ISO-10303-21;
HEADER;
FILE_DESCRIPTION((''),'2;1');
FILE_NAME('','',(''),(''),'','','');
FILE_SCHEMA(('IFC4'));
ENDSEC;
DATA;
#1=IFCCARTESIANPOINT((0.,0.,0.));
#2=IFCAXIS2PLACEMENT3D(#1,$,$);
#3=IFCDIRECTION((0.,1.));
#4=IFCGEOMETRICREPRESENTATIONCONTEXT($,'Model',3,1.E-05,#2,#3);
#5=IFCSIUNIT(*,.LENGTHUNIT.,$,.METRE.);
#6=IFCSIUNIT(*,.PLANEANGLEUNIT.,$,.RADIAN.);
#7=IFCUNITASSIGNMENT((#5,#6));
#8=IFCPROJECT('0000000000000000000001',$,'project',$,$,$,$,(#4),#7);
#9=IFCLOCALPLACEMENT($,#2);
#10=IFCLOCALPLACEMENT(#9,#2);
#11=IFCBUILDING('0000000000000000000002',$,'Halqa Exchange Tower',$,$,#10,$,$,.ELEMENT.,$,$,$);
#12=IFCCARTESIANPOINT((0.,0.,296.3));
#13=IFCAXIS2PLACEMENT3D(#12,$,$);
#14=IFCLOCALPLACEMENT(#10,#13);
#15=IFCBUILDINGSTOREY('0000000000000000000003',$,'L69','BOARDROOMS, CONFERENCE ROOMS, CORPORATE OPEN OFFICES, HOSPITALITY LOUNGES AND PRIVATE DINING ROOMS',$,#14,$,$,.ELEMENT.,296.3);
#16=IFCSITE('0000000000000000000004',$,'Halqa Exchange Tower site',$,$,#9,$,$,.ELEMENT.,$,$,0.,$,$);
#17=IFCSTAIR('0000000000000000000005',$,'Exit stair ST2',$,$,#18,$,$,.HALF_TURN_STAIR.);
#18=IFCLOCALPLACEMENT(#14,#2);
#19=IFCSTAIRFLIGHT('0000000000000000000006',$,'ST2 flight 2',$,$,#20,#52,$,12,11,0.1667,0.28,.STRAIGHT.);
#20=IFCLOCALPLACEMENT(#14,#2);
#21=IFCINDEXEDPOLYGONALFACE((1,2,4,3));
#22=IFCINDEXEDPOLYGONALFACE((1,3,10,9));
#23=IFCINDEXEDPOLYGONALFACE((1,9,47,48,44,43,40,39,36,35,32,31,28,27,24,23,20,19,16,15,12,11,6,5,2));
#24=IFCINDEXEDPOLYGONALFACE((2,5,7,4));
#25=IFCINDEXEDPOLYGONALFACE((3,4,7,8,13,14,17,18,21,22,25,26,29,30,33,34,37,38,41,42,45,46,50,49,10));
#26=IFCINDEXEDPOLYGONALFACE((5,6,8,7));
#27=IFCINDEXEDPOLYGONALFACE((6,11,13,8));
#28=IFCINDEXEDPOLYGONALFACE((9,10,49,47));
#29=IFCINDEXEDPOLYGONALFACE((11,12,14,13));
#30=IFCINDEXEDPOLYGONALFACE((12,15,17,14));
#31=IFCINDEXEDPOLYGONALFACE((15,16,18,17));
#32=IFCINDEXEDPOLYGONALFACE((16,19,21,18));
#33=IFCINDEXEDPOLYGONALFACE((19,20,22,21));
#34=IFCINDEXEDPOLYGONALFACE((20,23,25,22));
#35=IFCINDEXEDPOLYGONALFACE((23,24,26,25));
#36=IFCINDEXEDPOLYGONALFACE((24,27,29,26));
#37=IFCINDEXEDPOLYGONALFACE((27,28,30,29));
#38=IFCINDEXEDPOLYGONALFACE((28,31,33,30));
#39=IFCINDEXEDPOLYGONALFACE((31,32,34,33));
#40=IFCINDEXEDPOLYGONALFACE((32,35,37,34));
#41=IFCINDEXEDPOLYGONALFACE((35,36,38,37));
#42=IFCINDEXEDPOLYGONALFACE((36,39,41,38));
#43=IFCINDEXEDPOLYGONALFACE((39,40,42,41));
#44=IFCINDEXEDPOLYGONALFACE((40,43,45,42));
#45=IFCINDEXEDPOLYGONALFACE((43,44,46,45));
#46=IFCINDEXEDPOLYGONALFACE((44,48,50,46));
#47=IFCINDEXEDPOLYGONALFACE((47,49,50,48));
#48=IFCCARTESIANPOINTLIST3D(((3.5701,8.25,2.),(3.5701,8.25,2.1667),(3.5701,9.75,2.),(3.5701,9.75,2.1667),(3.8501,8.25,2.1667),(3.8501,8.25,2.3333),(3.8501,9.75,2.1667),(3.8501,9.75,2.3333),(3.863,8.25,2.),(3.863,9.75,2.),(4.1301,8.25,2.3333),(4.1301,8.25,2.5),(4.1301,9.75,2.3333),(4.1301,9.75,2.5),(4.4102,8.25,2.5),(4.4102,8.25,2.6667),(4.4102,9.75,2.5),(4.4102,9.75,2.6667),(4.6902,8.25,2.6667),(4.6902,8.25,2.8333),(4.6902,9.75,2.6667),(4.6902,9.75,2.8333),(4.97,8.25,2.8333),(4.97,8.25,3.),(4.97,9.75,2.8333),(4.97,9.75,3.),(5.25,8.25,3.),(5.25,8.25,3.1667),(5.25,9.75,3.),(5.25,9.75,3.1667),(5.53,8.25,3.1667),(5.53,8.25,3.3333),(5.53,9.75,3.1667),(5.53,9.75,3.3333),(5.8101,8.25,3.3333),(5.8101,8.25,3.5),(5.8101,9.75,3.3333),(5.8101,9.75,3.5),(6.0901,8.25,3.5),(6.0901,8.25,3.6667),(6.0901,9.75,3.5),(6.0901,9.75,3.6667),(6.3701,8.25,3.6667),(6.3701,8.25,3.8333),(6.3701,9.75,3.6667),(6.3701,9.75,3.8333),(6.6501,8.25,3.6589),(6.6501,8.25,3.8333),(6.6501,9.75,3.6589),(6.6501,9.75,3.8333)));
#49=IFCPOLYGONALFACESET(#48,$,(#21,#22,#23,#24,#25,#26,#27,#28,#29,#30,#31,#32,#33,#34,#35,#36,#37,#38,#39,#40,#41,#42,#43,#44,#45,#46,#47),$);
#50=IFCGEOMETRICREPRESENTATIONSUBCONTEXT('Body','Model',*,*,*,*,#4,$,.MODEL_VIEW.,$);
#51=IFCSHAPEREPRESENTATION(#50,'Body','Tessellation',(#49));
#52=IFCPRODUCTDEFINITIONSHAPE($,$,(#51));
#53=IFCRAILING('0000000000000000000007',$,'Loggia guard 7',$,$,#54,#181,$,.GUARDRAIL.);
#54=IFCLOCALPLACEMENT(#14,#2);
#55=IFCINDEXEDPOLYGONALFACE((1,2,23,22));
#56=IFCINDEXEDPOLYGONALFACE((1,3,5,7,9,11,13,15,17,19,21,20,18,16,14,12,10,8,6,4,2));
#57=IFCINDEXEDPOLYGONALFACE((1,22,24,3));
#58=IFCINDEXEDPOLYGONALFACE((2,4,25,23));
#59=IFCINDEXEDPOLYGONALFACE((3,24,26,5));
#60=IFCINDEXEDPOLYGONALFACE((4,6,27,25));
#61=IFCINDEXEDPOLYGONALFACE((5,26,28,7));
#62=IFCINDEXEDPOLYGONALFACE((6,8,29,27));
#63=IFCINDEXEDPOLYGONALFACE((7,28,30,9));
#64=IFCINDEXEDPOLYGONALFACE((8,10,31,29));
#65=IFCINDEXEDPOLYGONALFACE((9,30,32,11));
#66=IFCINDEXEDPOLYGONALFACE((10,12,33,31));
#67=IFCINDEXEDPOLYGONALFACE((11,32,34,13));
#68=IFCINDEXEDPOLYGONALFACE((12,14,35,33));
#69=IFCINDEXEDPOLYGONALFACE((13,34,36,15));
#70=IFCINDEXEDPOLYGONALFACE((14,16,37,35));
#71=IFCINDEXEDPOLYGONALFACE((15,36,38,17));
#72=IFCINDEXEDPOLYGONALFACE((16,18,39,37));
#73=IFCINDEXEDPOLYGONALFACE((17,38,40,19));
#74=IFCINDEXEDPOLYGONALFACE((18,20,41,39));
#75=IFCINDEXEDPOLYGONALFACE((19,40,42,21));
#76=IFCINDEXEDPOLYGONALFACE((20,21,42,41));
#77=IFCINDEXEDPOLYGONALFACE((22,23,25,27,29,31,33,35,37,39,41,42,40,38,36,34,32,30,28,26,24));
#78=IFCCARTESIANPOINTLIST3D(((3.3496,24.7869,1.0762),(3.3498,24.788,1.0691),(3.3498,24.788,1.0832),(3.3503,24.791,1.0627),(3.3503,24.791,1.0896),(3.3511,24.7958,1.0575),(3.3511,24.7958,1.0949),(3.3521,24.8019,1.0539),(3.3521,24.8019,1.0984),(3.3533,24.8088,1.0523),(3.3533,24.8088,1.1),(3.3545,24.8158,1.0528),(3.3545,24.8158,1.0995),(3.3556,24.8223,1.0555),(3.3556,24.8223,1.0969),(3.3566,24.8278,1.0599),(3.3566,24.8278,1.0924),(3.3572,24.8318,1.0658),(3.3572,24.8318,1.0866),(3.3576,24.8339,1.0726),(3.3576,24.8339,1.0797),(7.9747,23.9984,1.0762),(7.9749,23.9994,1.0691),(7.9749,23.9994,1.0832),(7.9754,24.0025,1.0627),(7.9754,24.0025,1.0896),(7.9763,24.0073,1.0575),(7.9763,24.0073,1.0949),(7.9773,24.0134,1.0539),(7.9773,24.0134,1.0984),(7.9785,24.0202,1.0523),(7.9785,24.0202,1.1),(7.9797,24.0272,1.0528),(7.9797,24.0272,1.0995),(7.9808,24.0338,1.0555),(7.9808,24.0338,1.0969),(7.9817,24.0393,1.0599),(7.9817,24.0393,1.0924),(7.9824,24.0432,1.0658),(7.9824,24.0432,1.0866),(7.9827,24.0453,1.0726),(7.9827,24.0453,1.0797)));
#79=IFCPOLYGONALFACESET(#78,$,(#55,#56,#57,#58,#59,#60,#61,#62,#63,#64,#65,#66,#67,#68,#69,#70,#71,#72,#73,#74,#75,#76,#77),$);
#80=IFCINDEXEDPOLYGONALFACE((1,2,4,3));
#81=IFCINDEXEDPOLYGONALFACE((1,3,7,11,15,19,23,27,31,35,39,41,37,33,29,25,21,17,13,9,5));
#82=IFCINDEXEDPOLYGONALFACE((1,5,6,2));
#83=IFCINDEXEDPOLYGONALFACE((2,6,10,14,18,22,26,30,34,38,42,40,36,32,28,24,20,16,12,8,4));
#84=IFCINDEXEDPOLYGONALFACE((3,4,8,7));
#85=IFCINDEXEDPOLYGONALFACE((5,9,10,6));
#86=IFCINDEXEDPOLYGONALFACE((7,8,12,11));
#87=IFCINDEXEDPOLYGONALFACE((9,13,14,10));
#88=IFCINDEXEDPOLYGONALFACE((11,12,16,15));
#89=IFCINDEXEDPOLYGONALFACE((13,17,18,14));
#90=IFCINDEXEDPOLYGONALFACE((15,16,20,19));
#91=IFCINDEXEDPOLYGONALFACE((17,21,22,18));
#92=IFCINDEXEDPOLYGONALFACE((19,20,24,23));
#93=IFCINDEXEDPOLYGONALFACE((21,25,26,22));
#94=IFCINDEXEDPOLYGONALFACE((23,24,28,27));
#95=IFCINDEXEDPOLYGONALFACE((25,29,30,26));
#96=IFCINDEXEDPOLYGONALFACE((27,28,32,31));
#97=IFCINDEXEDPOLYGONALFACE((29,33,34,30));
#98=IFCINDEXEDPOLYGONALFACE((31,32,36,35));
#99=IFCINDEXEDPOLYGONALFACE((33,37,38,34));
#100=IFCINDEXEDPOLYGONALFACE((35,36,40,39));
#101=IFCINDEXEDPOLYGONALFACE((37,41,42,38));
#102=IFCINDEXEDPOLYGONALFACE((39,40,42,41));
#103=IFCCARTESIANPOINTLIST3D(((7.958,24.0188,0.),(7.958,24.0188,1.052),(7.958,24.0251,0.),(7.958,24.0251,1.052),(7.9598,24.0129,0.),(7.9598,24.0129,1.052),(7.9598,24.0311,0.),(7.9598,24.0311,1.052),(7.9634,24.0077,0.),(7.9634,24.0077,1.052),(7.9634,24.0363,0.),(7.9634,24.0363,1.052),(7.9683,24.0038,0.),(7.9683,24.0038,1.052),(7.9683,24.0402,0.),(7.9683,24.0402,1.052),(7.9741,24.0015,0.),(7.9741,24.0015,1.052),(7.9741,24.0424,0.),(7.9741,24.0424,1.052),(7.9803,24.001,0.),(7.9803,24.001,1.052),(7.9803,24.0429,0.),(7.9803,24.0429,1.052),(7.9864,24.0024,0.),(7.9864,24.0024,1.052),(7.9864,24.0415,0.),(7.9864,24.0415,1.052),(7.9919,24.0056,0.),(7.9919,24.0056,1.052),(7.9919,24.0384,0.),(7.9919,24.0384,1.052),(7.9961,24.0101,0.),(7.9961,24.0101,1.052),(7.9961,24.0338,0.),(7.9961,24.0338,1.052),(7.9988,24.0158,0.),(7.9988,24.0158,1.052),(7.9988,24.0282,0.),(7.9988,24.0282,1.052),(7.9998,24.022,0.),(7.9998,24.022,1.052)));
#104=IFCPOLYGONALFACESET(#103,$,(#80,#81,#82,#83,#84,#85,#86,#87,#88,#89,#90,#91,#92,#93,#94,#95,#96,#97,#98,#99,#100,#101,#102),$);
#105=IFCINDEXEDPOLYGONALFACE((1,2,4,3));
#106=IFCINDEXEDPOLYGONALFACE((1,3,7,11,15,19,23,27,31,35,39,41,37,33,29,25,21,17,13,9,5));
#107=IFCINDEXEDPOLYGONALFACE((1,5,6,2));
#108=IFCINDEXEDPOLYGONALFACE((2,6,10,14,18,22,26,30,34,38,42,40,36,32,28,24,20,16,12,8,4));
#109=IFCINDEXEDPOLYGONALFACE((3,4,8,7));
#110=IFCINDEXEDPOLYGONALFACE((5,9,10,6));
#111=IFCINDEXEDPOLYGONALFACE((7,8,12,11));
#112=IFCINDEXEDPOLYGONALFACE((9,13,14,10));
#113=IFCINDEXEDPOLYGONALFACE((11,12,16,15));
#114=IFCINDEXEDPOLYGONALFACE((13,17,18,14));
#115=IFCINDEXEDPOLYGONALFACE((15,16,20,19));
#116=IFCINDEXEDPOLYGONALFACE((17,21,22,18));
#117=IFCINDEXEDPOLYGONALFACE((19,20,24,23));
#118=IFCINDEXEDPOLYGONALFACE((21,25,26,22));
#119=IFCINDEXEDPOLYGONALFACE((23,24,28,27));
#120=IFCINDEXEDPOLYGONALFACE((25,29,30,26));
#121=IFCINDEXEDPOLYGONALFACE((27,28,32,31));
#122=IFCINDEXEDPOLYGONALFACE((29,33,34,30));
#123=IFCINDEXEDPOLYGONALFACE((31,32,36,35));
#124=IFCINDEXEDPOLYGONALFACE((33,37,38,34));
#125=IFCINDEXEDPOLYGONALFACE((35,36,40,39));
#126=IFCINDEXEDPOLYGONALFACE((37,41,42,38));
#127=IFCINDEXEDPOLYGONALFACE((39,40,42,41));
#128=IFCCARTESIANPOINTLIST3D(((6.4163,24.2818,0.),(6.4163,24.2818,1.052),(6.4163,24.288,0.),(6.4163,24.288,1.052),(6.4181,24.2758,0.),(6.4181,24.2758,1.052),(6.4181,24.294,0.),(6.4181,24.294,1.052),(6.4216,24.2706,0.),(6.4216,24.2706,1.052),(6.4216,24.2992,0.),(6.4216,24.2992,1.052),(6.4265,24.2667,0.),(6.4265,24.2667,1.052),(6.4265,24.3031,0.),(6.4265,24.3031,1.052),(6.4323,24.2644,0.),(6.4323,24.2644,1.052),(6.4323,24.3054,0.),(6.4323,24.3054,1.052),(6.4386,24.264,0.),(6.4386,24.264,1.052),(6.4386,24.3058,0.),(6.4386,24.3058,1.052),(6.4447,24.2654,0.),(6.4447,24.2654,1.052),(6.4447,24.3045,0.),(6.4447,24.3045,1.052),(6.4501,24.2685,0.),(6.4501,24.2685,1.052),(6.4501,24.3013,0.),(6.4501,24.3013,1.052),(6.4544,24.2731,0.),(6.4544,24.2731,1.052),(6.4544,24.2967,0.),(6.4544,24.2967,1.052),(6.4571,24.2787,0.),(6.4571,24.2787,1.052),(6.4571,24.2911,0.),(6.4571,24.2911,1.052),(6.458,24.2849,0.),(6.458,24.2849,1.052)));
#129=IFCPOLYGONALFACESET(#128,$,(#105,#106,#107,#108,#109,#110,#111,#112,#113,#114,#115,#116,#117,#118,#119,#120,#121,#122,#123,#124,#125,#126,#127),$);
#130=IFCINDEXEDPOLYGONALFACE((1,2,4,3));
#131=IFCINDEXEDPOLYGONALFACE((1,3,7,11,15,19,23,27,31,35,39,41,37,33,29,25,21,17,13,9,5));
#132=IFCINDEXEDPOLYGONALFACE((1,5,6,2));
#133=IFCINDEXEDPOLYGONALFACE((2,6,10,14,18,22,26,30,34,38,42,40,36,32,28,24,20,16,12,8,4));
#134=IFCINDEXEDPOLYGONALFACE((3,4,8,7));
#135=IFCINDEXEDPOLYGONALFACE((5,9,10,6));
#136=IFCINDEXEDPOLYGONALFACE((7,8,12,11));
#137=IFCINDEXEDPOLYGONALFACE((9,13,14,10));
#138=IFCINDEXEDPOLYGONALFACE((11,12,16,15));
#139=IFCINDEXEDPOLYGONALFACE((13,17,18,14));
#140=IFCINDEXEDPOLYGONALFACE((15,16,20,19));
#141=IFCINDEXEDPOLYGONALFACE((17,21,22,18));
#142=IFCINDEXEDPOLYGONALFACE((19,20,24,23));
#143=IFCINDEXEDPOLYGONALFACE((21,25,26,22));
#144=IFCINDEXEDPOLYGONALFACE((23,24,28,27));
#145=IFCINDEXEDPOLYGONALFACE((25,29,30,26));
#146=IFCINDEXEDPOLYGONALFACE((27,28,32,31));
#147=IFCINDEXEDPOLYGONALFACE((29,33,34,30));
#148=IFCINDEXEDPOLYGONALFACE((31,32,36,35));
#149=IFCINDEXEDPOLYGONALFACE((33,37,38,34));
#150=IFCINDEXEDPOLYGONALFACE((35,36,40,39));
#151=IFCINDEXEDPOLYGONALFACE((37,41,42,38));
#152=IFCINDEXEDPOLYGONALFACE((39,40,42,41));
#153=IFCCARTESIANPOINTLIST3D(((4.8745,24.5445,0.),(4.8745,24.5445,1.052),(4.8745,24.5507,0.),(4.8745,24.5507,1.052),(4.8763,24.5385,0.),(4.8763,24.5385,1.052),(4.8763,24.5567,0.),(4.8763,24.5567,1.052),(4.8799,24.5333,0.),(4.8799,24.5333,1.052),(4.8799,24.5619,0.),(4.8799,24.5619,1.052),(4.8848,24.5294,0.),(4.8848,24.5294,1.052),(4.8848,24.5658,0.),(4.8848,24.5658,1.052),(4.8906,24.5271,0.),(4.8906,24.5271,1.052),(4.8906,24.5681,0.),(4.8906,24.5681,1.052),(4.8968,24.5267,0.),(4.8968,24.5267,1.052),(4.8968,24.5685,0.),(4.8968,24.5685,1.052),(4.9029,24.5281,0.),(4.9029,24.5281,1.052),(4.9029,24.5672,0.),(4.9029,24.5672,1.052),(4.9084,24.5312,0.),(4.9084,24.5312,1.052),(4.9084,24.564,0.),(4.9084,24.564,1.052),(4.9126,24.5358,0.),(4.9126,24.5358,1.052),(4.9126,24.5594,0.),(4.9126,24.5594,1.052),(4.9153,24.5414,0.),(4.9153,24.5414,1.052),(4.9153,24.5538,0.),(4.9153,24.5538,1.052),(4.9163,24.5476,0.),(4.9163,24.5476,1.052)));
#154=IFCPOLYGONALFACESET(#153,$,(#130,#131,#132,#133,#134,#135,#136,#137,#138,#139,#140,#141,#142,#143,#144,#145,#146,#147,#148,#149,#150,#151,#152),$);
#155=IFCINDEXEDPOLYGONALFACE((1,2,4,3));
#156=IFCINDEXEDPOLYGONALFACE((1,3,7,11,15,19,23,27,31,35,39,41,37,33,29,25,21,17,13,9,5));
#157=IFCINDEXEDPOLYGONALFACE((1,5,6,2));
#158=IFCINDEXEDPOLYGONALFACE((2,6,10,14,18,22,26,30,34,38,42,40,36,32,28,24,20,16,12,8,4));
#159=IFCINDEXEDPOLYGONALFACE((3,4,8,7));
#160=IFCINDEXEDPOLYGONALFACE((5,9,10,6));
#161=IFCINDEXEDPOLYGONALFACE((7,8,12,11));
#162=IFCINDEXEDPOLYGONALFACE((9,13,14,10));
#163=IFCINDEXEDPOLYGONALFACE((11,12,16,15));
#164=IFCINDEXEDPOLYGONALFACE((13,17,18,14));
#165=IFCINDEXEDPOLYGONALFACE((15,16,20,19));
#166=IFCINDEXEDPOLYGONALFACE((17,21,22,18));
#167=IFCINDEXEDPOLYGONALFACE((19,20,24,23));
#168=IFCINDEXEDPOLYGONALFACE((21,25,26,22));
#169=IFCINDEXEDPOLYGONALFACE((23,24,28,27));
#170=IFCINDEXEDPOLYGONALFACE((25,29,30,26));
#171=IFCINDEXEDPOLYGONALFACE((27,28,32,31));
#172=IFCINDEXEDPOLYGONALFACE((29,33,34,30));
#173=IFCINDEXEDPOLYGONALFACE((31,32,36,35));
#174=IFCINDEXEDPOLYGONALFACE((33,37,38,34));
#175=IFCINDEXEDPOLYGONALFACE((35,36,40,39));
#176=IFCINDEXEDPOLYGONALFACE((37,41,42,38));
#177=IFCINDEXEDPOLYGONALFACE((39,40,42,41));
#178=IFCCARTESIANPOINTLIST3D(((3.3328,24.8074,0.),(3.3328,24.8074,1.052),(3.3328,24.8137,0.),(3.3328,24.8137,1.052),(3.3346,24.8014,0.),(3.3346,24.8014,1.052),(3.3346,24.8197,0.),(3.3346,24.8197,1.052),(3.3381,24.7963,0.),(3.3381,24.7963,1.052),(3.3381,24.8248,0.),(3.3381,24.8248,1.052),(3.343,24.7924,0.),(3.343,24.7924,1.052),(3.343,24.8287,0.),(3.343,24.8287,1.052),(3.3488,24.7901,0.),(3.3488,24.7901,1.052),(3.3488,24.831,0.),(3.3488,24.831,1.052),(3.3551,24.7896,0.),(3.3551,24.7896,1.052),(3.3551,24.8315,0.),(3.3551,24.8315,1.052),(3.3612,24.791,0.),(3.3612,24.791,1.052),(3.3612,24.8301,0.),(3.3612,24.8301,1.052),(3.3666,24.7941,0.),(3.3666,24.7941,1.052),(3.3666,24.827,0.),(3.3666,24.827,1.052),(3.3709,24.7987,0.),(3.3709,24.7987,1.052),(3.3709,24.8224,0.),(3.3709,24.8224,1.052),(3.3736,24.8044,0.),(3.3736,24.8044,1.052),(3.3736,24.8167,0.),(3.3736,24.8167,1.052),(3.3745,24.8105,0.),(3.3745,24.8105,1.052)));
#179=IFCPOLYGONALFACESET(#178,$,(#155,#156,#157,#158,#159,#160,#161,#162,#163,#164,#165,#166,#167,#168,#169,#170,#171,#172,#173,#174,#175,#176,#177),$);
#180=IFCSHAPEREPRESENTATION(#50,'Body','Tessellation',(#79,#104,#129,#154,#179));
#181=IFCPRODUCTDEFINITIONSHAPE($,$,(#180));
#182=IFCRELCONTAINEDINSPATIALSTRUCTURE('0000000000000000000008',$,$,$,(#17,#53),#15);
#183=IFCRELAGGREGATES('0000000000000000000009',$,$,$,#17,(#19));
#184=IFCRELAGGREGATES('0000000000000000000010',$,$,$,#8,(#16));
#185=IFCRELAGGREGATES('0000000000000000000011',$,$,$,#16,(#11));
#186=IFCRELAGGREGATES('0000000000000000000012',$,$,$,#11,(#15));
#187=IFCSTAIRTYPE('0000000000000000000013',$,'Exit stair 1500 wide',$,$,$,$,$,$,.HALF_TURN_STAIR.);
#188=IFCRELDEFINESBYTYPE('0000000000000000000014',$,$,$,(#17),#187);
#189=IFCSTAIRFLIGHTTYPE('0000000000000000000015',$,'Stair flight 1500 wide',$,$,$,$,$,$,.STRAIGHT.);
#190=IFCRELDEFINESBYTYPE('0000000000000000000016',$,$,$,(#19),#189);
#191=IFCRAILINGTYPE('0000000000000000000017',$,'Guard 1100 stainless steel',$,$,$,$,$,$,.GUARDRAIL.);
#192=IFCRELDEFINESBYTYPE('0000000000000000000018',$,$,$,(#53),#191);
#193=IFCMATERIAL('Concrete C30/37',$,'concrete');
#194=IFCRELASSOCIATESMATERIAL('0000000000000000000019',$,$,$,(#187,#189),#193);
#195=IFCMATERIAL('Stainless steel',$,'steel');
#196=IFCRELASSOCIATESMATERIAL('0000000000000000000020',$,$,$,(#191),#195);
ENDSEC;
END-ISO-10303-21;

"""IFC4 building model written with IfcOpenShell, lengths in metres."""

from ifc_helpers import new_model, si_unit, direction, frame, origin, origin_2d, place, context, subcontext, project, spatial, polyline, circle, outline, extrude, material, type_object, element, aggregate, save


model = new_model("IFC4")

# Units and contexts
model_context = context("Model", 3, precision=1e-05, world=origin(), true_north=direction((0.0, 1.0)))
body_context = subcontext(model_context, "Body", "Model", "MODEL_VIEW")
ifc_project = project(units=[si_unit("LENGTHUNIT", "METRE"), si_unit("PLANEANGLEUNIT", "RADIAN")], contexts=[model_context])

# Site, building, storey
site_placement = place(None, origin())
site = spatial("IfcSite", under=ifc_project, at=site_placement, Name="Halqa Exchange Tower site", CompositionType="ELEMENT", RefElevation=0.0)
building_placement = place(site_placement, origin())
building = spatial("IfcBuilding", under=site, at=building_placement, Name="Halqa Exchange Tower", CompositionType="ELEMENT")
storey_placement = place(building_placement, frame((0.0, 0.0, 296.3)))
storey = spatial("IfcBuildingStorey", under=building, at=storey_placement, Name="L69", Description="BOARDROOMS, CONFERENCE ROOMS, CORPORATE OPEN OFFICES, HOSPITALITY LOUNGES AND PRIVATE DINING ROOMS", CompositionType="ELEMENT", Elevation=296.3)

# Stair
ifc_material_1 = material(Name="Concrete C30/37", Category="concrete")
stair_type = type_object("IfcStairType", Name="Exit stair 1500 wide", PredefinedType="HALF_TURN_STAIR", material=ifc_material_1)
stair_1_placement = place(storey_placement, origin())
stair_1 = element("IfcStair", 1, at=stair_1_placement, inside=storey, type_object=stair_type, Name="Exit stair ST2", PredefinedType="HALF_TURN_STAIR")

# Stair flight
stair_flight_type = type_object("IfcStairFlightType", Name="Stair flight 1500 wide", PredefinedType="STRAIGHT", material=ifc_material_1)
stair_flight_1_placement = place(storey_placement, frame((3.5701, 9.0, 2.0), z_axis=(0.0, 0.0, 1.0), x_axis=(1.0, 0.0, 0.0)))
stair_flight_1 = element("IfcStairFlight", 2, at=stair_flight_1_placement, type_object=stair_flight_type, Name="ST2 flight 2", NumberOfRisers=12, NumberOfTreads=11, PredefinedType="STRAIGHT", RiserHeight=0.1667, TreadLength=0.28, context=body_context, shape_type="SweptSolid", body=[
    extrude(outline(polyline([(0.0, 0.0), (0.0, 0.1667), (0.28, 0.1667), (0.28, 0.3333), (0.5601, 0.3333), (0.5601, 0.5), (0.8401, 0.5), (0.8401, 0.6667), (1.1201, 0.6667), (1.1201, 0.8333), (1.3999, 0.8333), (1.3999, 1.0), (1.6799, 1.0), (1.6799, 1.1667), (1.96, 1.1667), (1.96, 1.3333), (2.24, 1.3333), (2.24, 1.5), (2.52, 1.5), (2.52, 1.6667), (2.8, 1.6667), (2.8, 1.8333), (3.0801, 1.8333), (3.0801, 2.0), (3.0801, 1.6589), (0.293, 0.0), (0.0, 0.0)])), frame((0.0, 0.75, 0.0), z_axis=(0.0, -1.0, 0.0), x_axis=(1.0, 0.0, 0.0)), (0.0, 0.0, 1.0), 1.5),
])
aggregate(stair_1, [stair_flight_1])

# Railing
ifc_material_2 = material(Name="Stainless steel", Category="steel")
railing_type_1 = type_object("IfcRailingType", Name="Guard 1100 stainless steel", PredefinedType="GUARDRAIL", material=ifc_material_2)
railing_1_placement = place(storey_placement, frame((7.9788, 24.022, 0.0)))
element("IfcRailing", 3, at=railing_1_placement, inside=storey, type_object=railing_type_1, Name="Loggia guard 7", PredefinedType="GUARDRAIL", context=body_context, shape_type="SweptSolid", body=[
    extrude(circle(Radius=0.0239, at=origin_2d()), frame((0.0, 0.0, 1.0762), z_axis=(-0.985775, 0.168068, 0.0), x_axis=(-0.168068, -0.985775, 0.0)), (0.0, 0.0, 1.0), 4.6919),
    extrude(circle(Radius=0.021, at=origin_2d()), origin(), (0.0, 0.0, 1.0), 1.052),
    extrude(circle(Radius=0.021, at=origin_2d()), frame((-1.5417, 0.2629, 0.0)), (0.0, 0.0, 1.0), 1.052),
    extrude(circle(Radius=0.021, at=origin_2d()), frame((-3.0835, 0.5256, 0.0)), (0.0, 0.0, 1.0), 1.052),
    extrude(circle(Radius=0.021, at=origin_2d()), frame((-4.6252, 0.7886, 0.0)), (0.0, 0.0, 1.0), 1.052),
])

save(model, "model.ifc")
